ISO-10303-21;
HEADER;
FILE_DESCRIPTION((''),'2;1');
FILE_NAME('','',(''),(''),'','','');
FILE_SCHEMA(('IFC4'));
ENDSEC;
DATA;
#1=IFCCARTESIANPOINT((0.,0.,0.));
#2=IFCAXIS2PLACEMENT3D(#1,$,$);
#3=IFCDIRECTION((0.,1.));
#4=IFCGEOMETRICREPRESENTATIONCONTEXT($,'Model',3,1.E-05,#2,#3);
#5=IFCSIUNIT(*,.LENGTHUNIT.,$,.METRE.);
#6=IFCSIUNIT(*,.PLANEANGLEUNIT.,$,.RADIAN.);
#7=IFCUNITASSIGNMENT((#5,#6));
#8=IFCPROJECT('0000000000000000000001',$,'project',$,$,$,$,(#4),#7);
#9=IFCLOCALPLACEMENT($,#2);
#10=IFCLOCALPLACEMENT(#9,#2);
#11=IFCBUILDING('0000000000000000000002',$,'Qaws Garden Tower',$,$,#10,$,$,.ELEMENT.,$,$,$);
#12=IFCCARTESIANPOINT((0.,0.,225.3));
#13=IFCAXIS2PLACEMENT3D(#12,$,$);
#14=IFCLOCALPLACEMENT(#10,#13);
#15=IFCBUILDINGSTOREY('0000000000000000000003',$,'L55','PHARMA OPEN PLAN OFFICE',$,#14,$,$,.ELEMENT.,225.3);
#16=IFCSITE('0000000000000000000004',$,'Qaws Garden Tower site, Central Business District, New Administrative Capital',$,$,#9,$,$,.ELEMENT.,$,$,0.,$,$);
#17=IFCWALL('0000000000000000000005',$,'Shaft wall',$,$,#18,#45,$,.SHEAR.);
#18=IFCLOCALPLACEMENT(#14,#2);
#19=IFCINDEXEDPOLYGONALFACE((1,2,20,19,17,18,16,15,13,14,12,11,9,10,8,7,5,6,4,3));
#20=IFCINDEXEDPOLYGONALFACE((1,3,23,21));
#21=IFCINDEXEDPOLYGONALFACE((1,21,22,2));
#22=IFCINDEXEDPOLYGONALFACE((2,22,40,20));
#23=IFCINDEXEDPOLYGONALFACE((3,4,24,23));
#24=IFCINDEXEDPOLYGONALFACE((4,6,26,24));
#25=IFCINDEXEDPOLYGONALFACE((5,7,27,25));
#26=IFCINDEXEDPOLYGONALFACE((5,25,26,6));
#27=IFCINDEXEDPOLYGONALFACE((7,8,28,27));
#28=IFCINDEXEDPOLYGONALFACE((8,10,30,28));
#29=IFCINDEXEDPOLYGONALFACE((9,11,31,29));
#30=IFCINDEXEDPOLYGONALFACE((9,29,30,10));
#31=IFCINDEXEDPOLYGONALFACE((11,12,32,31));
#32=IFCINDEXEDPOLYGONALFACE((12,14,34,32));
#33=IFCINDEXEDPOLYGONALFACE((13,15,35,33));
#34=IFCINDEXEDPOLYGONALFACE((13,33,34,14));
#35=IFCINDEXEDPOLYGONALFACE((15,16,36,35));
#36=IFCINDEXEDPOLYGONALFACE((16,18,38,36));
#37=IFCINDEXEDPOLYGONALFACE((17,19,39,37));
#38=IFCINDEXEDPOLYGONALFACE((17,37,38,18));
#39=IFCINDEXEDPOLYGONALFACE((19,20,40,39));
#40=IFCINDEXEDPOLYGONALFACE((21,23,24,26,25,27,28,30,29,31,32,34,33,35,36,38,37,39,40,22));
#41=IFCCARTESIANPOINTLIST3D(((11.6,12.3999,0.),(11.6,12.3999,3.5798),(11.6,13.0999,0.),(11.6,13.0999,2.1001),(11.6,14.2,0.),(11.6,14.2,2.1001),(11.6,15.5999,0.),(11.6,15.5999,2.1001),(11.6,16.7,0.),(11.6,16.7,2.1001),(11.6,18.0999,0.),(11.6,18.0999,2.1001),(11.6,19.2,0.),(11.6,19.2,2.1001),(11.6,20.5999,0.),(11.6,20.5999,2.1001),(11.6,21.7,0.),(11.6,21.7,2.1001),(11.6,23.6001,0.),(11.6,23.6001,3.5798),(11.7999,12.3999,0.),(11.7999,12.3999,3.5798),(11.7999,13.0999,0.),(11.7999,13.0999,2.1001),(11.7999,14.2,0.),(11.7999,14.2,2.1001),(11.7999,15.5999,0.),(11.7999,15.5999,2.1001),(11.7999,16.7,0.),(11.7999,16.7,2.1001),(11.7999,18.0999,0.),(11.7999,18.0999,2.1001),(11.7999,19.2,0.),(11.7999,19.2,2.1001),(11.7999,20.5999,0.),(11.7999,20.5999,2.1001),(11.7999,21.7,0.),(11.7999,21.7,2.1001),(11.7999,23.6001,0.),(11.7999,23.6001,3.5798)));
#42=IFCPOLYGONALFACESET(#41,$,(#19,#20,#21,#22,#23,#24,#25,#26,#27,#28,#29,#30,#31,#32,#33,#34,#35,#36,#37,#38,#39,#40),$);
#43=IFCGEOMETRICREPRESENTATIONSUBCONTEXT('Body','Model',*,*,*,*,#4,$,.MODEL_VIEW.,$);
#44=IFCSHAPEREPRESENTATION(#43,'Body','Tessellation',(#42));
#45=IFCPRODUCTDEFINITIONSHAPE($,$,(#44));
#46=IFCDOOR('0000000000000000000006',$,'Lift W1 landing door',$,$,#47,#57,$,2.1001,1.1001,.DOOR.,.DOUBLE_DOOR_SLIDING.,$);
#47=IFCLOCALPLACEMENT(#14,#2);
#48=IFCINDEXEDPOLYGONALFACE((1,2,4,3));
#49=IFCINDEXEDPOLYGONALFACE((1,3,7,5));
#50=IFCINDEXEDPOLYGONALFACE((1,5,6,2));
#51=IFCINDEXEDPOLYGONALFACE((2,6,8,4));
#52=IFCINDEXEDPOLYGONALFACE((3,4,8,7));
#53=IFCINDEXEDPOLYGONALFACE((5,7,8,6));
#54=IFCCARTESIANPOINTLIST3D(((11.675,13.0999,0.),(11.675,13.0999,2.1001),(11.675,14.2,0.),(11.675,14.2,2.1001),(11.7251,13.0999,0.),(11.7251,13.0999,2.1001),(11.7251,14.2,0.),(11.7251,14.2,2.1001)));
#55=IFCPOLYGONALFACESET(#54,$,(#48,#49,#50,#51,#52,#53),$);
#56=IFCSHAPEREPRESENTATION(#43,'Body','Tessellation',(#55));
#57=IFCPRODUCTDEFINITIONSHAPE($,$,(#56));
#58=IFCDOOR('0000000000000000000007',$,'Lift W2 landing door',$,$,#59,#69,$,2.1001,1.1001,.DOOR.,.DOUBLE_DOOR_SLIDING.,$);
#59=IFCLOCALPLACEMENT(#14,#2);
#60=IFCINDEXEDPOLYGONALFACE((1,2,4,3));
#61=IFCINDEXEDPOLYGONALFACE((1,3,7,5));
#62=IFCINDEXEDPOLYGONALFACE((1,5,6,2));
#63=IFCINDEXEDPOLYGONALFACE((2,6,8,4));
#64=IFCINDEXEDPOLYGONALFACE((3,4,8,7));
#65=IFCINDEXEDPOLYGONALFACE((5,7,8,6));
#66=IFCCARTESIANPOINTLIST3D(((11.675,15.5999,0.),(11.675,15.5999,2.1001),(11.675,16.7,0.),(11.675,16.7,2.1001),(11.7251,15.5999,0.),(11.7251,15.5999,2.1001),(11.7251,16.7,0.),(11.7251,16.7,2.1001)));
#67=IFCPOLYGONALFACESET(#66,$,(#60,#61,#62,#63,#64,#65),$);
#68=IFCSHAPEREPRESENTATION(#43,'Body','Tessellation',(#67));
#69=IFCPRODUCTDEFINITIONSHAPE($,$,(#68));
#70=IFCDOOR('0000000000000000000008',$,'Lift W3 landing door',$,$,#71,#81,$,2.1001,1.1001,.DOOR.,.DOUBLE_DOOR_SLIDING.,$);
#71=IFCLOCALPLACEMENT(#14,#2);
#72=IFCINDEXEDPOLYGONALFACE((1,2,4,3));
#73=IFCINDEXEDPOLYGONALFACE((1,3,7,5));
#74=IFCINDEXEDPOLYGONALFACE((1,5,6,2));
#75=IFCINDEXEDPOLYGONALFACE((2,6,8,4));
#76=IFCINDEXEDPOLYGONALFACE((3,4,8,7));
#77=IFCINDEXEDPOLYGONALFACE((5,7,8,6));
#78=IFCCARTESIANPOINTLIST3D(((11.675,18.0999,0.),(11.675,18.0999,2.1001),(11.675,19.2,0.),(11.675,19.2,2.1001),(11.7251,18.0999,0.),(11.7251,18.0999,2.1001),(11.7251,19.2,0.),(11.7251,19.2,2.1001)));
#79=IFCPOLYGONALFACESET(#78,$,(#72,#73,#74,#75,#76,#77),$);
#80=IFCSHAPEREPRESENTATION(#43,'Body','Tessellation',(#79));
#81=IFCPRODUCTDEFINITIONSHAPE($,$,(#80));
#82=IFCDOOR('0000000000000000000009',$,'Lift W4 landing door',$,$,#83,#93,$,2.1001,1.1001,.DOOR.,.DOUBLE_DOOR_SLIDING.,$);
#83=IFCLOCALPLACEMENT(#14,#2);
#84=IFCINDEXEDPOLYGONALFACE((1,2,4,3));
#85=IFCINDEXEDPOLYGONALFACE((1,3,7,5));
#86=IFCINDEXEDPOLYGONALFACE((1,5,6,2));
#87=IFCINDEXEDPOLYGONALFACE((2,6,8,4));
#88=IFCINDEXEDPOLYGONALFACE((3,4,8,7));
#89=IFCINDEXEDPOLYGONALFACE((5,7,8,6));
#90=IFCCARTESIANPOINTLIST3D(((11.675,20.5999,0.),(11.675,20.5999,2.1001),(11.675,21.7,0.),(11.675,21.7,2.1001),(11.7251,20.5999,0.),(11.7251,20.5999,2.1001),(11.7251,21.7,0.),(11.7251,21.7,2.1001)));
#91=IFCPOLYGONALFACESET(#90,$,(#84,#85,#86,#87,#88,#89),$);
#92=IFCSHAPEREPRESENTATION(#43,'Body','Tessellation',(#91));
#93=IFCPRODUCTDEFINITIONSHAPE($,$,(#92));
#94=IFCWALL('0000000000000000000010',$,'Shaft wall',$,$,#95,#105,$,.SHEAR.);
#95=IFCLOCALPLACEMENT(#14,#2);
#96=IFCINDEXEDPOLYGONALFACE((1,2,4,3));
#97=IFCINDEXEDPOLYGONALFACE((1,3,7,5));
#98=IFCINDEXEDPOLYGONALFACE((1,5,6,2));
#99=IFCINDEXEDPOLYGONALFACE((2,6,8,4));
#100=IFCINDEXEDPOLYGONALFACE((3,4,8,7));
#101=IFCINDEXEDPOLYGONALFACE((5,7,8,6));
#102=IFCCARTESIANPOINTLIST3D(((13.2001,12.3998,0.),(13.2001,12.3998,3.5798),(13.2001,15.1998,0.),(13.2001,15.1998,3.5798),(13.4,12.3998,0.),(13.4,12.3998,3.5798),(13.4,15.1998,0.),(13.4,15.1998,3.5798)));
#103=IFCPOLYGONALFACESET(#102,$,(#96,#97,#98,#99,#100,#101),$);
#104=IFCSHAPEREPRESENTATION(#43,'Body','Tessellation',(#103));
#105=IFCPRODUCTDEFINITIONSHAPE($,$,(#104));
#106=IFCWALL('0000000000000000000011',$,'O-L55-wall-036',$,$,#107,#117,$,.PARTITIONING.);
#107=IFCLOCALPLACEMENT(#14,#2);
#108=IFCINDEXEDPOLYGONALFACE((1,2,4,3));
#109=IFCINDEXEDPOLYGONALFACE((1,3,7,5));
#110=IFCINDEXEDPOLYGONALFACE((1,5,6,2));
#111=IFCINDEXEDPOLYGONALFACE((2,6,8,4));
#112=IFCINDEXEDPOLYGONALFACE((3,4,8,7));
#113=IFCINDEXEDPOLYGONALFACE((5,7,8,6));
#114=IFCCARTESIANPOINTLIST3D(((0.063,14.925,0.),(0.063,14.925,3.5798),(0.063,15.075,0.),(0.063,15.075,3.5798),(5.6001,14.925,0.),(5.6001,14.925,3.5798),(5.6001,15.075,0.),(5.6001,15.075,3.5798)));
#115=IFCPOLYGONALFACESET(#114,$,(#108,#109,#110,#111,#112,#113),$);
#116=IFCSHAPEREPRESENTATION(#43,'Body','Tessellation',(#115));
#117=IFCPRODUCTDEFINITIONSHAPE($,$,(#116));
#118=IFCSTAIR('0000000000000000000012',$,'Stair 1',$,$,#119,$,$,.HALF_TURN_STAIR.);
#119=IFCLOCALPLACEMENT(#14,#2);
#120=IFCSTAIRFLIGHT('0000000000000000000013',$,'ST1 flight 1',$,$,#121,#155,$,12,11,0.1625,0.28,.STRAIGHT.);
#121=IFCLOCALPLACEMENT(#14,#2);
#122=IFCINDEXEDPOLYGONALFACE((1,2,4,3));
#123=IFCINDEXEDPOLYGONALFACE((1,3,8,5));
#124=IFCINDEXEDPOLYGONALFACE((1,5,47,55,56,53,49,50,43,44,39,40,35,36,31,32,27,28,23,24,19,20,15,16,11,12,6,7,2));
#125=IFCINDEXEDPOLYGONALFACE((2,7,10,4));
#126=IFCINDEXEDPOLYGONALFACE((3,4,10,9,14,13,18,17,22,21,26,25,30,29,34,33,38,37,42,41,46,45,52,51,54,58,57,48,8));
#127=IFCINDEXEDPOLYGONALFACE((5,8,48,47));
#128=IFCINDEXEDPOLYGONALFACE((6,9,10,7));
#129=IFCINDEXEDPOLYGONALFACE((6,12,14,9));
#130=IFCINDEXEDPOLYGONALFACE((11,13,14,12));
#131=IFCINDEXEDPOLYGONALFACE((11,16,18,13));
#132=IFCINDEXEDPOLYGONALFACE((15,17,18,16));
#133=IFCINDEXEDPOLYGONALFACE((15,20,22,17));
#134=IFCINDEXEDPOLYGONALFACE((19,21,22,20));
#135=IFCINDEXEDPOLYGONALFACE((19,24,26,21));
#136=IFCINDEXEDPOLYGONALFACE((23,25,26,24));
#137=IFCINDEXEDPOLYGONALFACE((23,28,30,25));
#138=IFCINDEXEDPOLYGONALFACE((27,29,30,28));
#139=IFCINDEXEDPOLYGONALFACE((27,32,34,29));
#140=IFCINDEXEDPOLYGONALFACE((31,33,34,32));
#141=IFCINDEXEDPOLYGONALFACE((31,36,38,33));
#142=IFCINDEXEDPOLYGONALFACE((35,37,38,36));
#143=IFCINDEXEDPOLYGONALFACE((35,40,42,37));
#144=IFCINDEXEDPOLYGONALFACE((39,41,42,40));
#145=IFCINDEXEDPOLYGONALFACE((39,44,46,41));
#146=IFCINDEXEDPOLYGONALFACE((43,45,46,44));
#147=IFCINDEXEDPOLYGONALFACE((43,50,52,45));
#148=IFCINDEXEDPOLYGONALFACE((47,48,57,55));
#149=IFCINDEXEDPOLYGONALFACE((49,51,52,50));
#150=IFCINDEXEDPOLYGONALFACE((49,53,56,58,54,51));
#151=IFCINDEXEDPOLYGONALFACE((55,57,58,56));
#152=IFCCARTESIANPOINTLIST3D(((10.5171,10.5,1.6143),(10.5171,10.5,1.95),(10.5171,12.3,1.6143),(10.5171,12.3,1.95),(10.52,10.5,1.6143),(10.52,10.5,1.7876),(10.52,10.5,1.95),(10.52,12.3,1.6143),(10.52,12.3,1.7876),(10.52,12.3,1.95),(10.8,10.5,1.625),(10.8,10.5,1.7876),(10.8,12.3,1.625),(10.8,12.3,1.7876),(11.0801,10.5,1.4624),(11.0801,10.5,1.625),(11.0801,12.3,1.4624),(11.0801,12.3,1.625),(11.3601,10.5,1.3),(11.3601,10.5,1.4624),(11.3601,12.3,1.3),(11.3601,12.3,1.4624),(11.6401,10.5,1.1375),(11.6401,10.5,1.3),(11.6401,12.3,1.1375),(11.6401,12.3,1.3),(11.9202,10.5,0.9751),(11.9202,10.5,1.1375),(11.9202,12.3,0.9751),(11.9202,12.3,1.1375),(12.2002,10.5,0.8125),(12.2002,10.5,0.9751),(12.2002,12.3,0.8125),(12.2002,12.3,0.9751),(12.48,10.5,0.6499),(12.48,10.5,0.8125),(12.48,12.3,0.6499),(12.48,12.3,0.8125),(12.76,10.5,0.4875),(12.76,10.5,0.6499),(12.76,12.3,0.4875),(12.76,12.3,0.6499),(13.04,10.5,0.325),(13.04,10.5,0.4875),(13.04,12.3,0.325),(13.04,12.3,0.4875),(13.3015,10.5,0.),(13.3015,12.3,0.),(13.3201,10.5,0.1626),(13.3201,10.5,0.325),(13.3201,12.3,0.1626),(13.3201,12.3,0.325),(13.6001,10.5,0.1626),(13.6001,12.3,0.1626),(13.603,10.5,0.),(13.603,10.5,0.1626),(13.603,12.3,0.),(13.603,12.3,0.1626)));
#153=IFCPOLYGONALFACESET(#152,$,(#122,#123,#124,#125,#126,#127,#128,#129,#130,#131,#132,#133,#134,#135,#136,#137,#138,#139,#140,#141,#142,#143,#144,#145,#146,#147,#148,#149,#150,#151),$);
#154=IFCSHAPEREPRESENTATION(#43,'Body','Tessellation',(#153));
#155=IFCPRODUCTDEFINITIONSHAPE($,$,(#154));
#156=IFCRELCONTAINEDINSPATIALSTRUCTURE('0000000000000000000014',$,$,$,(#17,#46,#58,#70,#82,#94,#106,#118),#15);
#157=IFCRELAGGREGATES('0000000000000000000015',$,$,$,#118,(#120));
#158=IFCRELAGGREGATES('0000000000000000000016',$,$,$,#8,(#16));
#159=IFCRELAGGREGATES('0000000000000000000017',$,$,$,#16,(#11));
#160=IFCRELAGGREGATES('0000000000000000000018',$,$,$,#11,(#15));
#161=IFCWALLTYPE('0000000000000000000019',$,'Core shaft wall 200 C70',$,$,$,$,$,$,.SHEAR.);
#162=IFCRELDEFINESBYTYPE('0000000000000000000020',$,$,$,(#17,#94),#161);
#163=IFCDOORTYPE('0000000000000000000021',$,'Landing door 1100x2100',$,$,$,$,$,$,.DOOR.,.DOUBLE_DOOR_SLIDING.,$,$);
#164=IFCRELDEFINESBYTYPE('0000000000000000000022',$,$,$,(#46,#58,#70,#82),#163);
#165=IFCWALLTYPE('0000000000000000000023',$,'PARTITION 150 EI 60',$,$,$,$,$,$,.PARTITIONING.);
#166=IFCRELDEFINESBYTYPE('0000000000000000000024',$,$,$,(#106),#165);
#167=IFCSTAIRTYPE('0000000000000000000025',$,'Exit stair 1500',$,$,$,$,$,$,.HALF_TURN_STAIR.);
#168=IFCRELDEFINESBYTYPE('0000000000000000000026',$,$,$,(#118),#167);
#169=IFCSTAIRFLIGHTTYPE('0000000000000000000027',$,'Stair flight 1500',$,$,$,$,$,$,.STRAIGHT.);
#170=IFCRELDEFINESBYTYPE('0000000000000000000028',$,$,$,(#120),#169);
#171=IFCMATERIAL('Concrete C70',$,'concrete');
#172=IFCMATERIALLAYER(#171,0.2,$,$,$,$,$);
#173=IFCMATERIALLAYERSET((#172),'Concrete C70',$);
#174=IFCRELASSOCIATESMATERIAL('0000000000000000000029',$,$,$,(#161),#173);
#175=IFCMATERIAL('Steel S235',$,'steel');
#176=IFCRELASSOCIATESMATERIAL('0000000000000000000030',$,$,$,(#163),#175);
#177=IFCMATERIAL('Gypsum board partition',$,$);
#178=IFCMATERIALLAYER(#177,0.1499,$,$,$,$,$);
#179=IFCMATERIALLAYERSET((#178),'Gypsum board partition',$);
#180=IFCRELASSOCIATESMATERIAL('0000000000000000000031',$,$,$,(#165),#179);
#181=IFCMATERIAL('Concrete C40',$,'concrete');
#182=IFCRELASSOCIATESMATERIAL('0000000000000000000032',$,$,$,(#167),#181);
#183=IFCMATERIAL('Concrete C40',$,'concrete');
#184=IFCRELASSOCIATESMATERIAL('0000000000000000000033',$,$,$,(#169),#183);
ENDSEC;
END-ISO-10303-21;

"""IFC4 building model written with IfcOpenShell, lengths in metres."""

from ifc_helpers import new_model, si_unit, direction, frame, frame_2d, origin, place, context, subcontext, project, spatial, polyline, rectangle, outline, extrude, material, layer, layer_set, type_object, element, fill, aggregate, save


model = new_model("IFC4")

# Units and contexts
model_context = context("Model", 3, precision=1e-05, world=origin(), true_north=direction((0.0, 1.0)))
body_context = subcontext(model_context, "Body", "Model", "MODEL_VIEW")
ifc_project = project(units=[si_unit("LENGTHUNIT", "METRE"), si_unit("PLANEANGLEUNIT", "RADIAN")], contexts=[model_context])

# Site, building, storey
site_placement = place(None, origin())
site = spatial("IfcSite", under=ifc_project, at=site_placement, Name="Qaws Garden Tower site, Central Business District, New Administrative Capital", CompositionType="ELEMENT", RefElevation=0.0)
building_placement = place(site_placement, origin())
building = spatial("IfcBuilding", under=site, at=building_placement, Name="Qaws Garden Tower", CompositionType="ELEMENT")
storey_placement = place(building_placement, frame((0.0, 0.0, 225.3)))
storey = spatial("IfcBuildingStorey", under=building, at=storey_placement, Name="L55", Description="PHARMA OPEN PLAN OFFICE", CompositionType="ELEMENT", Elevation=225.3)

# Shared definitions
ifc_material_1 = material(Name="Concrete C70", Category="concrete")
ifc_layer_1 = layer(ifc_material_1, 0.2)
ifc_layer_set_1 = layer_set([ifc_layer_1], Name="Concrete C70")
wall_type_1 = type_object("IfcWallType", Name="Core shaft wall 200 C70", PredefinedType="SHEAR", material=ifc_layer_set_1)

# Wall, openings, doors
wall_1_placement = place(storey_placement, frame((11.7, 12.3999, 0.0), z_axis=(0.0, 0.0, 1.0), x_axis=(0.0, 1.0, 0.0)))
wall_1 = element("IfcWall", 1, at=wall_1_placement, inside=storey, type_object=wall_type_1, Name="Shaft wall", PredefinedType="SHEAR", context=body_context, shape_type="SweptSolid", body=[
    extrude(rectangle(XDim=11.2002, YDim=0.2, at=frame_2d((5.6001, 0.0))), origin(), (0.0, 0.0, 1.0), 3.5798),
])
opening_1_placement = place(wall_1_placement, frame((0.7, 0.0, 0.0)))
opening_1 = element("IfcOpeningElement", 2, at=opening_1_placement, cuts=wall_1, PredefinedType="OPENING", context=body_context, shape_type="SweptSolid", body=[
    extrude(rectangle(XDim=1.1001, YDim=2.1001, at=frame_2d((0.55, 1.05))), frame((0.0, 0.1099, 0.0), z_axis=(0.0, -1.0, 0.0), x_axis=(1.0, 0.0, 0.0)), (0.0, 0.0, 1.0), 0.22),
])
opening_2_placement = place(wall_1_placement, frame((3.2, 0.0, 0.0)))
opening_2 = element("IfcOpeningElement", 3, at=opening_2_placement, cuts=wall_1, PredefinedType="OPENING", context=body_context, shape_type="SweptSolid", body=[
    extrude(rectangle(XDim=1.1001, YDim=2.1001, at=frame_2d((0.55, 1.05))), frame((0.0, 0.1099, 0.0), z_axis=(0.0, -1.0, 0.0), x_axis=(1.0, 0.0, 0.0)), (0.0, 0.0, 1.0), 0.22),
])
opening_3_placement = place(wall_1_placement, frame((5.7, 0.0, 0.0)))
opening_3 = element("IfcOpeningElement", 4, at=opening_3_placement, cuts=wall_1, PredefinedType="OPENING", context=body_context, shape_type="SweptSolid", body=[
    extrude(rectangle(XDim=1.1001, YDim=2.1001, at=frame_2d((0.55, 1.05))), frame((0.0, 0.1099, 0.0), z_axis=(0.0, -1.0, 0.0), x_axis=(1.0, 0.0, 0.0)), (0.0, 0.0, 1.0), 0.22),
])
opening_4_placement = place(wall_1_placement, frame((8.2, 0.0, 0.0)))
opening_4 = element("IfcOpeningElement", 5, at=opening_4_placement, cuts=wall_1, PredefinedType="OPENING", context=body_context, shape_type="SweptSolid", body=[
    extrude(rectangle(XDim=1.1001, YDim=2.1001, at=frame_2d((0.55, 1.05))), frame((0.0, 0.1099, 0.0), z_axis=(0.0, -1.0, 0.0), x_axis=(1.0, 0.0, 0.0)), (0.0, 0.0, 1.0), 0.22),
])
ifc_material_2 = material(Name="Steel S235", Category="steel")
door_type = type_object("IfcDoorType", Name="Landing door 1100x2100", OperationType="DOUBLE_DOOR_SLIDING", PredefinedType="DOOR", material=ifc_material_2)
door_1_placement = place(opening_1_placement, origin())
door_1 = element("IfcDoor", 6, at=door_1_placement, inside=storey, type_object=door_type, Name="Lift W1 landing door", OperationType="DOUBLE_DOOR_SLIDING", OverallHeight=2.1001, OverallWidth=1.1001, PredefinedType="DOOR", context=body_context, shape_type="SweptSolid", body=[
    extrude(rectangle(XDim=1.1001, YDim=2.1001, at=frame_2d((0.55, 1.05))), frame((0.0, 0.0249, 0.0), z_axis=(0.0, -1.0, 0.0), x_axis=(1.0, 0.0, 0.0)), (0.0, 0.0, 1.0), 0.05),
])
fill(opening_1, door_1)
door_2_placement = place(opening_2_placement, origin())
door_2 = element("IfcDoor", 7, at=door_2_placement, inside=storey, type_object=door_type, Name="Lift W2 landing door", OperationType="DOUBLE_DOOR_SLIDING", OverallHeight=2.1001, OverallWidth=1.1001, PredefinedType="DOOR", context=body_context, shape_type="SweptSolid", body=[
    extrude(rectangle(XDim=1.1001, YDim=2.1001, at=frame_2d((0.55, 1.05))), frame((0.0, 0.0249, 0.0), z_axis=(0.0, -1.0, 0.0), x_axis=(1.0, 0.0, 0.0)), (0.0, 0.0, 1.0), 0.05),
])
fill(opening_2, door_2)
door_3_placement = place(opening_3_placement, origin())
door_3 = element("IfcDoor", 8, at=door_3_placement, inside=storey, type_object=door_type, Name="Lift W3 landing door", OperationType="DOUBLE_DOOR_SLIDING", OverallHeight=2.1001, OverallWidth=1.1001, PredefinedType="DOOR", context=body_context, shape_type="SweptSolid", body=[
    extrude(rectangle(XDim=1.1001, YDim=2.1001, at=frame_2d((0.55, 1.05))), frame((0.0, 0.0249, 0.0), z_axis=(0.0, -1.0, 0.0), x_axis=(1.0, 0.0, 0.0)), (0.0, 0.0, 1.0), 0.05),
])
fill(opening_3, door_3)
door_4_placement = place(opening_4_placement, origin())
door_4 = element("IfcDoor", 9, at=door_4_placement, inside=storey, type_object=door_type, Name="Lift W4 landing door", OperationType="DOUBLE_DOOR_SLIDING", OverallHeight=2.1001, OverallWidth=1.1001, PredefinedType="DOOR", context=body_context, shape_type="SweptSolid", body=[
    extrude(rectangle(XDim=1.1001, YDim=2.1001, at=frame_2d((0.55, 1.05))), frame((0.0, 0.0249, 0.0), z_axis=(0.0, -1.0, 0.0), x_axis=(1.0, 0.0, 0.0)), (0.0, 0.0, 1.0), 0.05),
])
fill(opening_4, door_4)

# Walls
wall_2_placement = place(storey_placement, frame((13.3, 12.3999, 0.0), z_axis=(0.0, 0.0, 1.0), x_axis=(0.0, 1.0, 0.0)))
element("IfcWall", 10, at=wall_2_placement, inside=storey, type_object=wall_type_1, Name="Shaft wall", PredefinedType="SHEAR", context=body_context, shape_type="SweptSolid", body=[
    extrude(rectangle(XDim=2.8, YDim=0.2, at=frame_2d((1.3999, 0.0))), origin(), (0.0, 0.0, 1.0), 3.5798),
])
ifc_material_3 = material(Name="Gypsum board partition")
ifc_layer_2 = layer(ifc_material_3, 0.1499)
ifc_layer_set_2 = layer_set([ifc_layer_2], Name="Gypsum board partition")
wall_type_2 = type_object("IfcWallType", Name="PARTITION 150 EI 60", PredefinedType="PARTITIONING", material=ifc_layer_set_2)
wall_3_placement = place(storey_placement, frame((0.063, 15.0, 0.0), z_axis=(0.0, 0.0, 1.0), x_axis=(1.0, 0.0, 0.0)))
element("IfcWall", 11, at=wall_3_placement, inside=storey, type_object=wall_type_2, Name="O-L55-wall-036", PredefinedType="PARTITIONING", context=body_context, shape_type="SweptSolid", body=[
    extrude(rectangle(XDim=5.5371, YDim=0.1499, at=frame_2d((2.7686, 0.0))), origin(), (0.0, 0.0, 1.0), 3.5798),
])

# Stair, stair flight
ifc_material_4 = material(Name="Concrete C40", Category="concrete")
stair_type = type_object("IfcStairType", Name="Exit stair 1500", PredefinedType="HALF_TURN_STAIR", material=ifc_material_4)
stair_placement = place(storey_placement, origin())
stair = element("IfcStair", 12, at=stair_placement, inside=storey, type_object=stair_type, Name="Stair 1", PredefinedType="HALF_TURN_STAIR")
ifc_material_5 = material(Name="Concrete C40", Category="concrete")
stair_flight_type = type_object("IfcStairFlightType", Name="Stair flight 1500", PredefinedType="STRAIGHT", material=ifc_material_5)
stair_flight_1_placement = place(storey_placement, frame((13.6001, 11.3999, 0.0), z_axis=(0.0, 0.0, 1.0), x_axis=(-1.0, 0.0, 0.0)))
stair_flight_1 = element("IfcStairFlight", 13, at=stair_flight_1_placement, type_object=stair_flight_type, Name="ST1 flight 1", NumberOfRisers=12, NumberOfTreads=11, PredefinedType="STRAIGHT", RiserHeight=0.1625, TreadLength=0.28, context=body_context, shape_type="SweptSolid", body=[
    extrude(outline(polyline([(-0.0029, 0.0), (-0.0029, 0.1626), (0.0, 0.1626), (0.28, 0.1626), (0.28, 0.325), (0.5601, 0.325), (0.5601, 0.4875), (0.8401, 0.4875), (0.8401, 0.6499), (1.1201, 0.6499), (1.1201, 0.8125), (1.3999, 0.8125), (1.3999, 0.9751), (1.6799, 0.9751), (1.6799, 1.1375), (1.96, 1.1375), (1.96, 1.3), (2.24, 1.3), (2.24, 1.4624), (2.52, 1.4624), (2.52, 1.625), (2.8, 1.625), (2.8, 1.7876), (3.0801, 1.7876), (3.0801, 1.95), (3.083, 1.95), (3.083, 1.6143), (3.0801, 1.6143), (0.2986, 0.0), (-0.0029, 0.0)])), frame((0.0, 0.8999, 0.0), z_axis=(0.0, -1.0, 0.0), x_axis=(1.0, 0.0, 0.0)), (0.0, 0.0, 1.0), 1.8),
])
aggregate(stair, [stair_flight_1])

save(model, "model.ifc")
